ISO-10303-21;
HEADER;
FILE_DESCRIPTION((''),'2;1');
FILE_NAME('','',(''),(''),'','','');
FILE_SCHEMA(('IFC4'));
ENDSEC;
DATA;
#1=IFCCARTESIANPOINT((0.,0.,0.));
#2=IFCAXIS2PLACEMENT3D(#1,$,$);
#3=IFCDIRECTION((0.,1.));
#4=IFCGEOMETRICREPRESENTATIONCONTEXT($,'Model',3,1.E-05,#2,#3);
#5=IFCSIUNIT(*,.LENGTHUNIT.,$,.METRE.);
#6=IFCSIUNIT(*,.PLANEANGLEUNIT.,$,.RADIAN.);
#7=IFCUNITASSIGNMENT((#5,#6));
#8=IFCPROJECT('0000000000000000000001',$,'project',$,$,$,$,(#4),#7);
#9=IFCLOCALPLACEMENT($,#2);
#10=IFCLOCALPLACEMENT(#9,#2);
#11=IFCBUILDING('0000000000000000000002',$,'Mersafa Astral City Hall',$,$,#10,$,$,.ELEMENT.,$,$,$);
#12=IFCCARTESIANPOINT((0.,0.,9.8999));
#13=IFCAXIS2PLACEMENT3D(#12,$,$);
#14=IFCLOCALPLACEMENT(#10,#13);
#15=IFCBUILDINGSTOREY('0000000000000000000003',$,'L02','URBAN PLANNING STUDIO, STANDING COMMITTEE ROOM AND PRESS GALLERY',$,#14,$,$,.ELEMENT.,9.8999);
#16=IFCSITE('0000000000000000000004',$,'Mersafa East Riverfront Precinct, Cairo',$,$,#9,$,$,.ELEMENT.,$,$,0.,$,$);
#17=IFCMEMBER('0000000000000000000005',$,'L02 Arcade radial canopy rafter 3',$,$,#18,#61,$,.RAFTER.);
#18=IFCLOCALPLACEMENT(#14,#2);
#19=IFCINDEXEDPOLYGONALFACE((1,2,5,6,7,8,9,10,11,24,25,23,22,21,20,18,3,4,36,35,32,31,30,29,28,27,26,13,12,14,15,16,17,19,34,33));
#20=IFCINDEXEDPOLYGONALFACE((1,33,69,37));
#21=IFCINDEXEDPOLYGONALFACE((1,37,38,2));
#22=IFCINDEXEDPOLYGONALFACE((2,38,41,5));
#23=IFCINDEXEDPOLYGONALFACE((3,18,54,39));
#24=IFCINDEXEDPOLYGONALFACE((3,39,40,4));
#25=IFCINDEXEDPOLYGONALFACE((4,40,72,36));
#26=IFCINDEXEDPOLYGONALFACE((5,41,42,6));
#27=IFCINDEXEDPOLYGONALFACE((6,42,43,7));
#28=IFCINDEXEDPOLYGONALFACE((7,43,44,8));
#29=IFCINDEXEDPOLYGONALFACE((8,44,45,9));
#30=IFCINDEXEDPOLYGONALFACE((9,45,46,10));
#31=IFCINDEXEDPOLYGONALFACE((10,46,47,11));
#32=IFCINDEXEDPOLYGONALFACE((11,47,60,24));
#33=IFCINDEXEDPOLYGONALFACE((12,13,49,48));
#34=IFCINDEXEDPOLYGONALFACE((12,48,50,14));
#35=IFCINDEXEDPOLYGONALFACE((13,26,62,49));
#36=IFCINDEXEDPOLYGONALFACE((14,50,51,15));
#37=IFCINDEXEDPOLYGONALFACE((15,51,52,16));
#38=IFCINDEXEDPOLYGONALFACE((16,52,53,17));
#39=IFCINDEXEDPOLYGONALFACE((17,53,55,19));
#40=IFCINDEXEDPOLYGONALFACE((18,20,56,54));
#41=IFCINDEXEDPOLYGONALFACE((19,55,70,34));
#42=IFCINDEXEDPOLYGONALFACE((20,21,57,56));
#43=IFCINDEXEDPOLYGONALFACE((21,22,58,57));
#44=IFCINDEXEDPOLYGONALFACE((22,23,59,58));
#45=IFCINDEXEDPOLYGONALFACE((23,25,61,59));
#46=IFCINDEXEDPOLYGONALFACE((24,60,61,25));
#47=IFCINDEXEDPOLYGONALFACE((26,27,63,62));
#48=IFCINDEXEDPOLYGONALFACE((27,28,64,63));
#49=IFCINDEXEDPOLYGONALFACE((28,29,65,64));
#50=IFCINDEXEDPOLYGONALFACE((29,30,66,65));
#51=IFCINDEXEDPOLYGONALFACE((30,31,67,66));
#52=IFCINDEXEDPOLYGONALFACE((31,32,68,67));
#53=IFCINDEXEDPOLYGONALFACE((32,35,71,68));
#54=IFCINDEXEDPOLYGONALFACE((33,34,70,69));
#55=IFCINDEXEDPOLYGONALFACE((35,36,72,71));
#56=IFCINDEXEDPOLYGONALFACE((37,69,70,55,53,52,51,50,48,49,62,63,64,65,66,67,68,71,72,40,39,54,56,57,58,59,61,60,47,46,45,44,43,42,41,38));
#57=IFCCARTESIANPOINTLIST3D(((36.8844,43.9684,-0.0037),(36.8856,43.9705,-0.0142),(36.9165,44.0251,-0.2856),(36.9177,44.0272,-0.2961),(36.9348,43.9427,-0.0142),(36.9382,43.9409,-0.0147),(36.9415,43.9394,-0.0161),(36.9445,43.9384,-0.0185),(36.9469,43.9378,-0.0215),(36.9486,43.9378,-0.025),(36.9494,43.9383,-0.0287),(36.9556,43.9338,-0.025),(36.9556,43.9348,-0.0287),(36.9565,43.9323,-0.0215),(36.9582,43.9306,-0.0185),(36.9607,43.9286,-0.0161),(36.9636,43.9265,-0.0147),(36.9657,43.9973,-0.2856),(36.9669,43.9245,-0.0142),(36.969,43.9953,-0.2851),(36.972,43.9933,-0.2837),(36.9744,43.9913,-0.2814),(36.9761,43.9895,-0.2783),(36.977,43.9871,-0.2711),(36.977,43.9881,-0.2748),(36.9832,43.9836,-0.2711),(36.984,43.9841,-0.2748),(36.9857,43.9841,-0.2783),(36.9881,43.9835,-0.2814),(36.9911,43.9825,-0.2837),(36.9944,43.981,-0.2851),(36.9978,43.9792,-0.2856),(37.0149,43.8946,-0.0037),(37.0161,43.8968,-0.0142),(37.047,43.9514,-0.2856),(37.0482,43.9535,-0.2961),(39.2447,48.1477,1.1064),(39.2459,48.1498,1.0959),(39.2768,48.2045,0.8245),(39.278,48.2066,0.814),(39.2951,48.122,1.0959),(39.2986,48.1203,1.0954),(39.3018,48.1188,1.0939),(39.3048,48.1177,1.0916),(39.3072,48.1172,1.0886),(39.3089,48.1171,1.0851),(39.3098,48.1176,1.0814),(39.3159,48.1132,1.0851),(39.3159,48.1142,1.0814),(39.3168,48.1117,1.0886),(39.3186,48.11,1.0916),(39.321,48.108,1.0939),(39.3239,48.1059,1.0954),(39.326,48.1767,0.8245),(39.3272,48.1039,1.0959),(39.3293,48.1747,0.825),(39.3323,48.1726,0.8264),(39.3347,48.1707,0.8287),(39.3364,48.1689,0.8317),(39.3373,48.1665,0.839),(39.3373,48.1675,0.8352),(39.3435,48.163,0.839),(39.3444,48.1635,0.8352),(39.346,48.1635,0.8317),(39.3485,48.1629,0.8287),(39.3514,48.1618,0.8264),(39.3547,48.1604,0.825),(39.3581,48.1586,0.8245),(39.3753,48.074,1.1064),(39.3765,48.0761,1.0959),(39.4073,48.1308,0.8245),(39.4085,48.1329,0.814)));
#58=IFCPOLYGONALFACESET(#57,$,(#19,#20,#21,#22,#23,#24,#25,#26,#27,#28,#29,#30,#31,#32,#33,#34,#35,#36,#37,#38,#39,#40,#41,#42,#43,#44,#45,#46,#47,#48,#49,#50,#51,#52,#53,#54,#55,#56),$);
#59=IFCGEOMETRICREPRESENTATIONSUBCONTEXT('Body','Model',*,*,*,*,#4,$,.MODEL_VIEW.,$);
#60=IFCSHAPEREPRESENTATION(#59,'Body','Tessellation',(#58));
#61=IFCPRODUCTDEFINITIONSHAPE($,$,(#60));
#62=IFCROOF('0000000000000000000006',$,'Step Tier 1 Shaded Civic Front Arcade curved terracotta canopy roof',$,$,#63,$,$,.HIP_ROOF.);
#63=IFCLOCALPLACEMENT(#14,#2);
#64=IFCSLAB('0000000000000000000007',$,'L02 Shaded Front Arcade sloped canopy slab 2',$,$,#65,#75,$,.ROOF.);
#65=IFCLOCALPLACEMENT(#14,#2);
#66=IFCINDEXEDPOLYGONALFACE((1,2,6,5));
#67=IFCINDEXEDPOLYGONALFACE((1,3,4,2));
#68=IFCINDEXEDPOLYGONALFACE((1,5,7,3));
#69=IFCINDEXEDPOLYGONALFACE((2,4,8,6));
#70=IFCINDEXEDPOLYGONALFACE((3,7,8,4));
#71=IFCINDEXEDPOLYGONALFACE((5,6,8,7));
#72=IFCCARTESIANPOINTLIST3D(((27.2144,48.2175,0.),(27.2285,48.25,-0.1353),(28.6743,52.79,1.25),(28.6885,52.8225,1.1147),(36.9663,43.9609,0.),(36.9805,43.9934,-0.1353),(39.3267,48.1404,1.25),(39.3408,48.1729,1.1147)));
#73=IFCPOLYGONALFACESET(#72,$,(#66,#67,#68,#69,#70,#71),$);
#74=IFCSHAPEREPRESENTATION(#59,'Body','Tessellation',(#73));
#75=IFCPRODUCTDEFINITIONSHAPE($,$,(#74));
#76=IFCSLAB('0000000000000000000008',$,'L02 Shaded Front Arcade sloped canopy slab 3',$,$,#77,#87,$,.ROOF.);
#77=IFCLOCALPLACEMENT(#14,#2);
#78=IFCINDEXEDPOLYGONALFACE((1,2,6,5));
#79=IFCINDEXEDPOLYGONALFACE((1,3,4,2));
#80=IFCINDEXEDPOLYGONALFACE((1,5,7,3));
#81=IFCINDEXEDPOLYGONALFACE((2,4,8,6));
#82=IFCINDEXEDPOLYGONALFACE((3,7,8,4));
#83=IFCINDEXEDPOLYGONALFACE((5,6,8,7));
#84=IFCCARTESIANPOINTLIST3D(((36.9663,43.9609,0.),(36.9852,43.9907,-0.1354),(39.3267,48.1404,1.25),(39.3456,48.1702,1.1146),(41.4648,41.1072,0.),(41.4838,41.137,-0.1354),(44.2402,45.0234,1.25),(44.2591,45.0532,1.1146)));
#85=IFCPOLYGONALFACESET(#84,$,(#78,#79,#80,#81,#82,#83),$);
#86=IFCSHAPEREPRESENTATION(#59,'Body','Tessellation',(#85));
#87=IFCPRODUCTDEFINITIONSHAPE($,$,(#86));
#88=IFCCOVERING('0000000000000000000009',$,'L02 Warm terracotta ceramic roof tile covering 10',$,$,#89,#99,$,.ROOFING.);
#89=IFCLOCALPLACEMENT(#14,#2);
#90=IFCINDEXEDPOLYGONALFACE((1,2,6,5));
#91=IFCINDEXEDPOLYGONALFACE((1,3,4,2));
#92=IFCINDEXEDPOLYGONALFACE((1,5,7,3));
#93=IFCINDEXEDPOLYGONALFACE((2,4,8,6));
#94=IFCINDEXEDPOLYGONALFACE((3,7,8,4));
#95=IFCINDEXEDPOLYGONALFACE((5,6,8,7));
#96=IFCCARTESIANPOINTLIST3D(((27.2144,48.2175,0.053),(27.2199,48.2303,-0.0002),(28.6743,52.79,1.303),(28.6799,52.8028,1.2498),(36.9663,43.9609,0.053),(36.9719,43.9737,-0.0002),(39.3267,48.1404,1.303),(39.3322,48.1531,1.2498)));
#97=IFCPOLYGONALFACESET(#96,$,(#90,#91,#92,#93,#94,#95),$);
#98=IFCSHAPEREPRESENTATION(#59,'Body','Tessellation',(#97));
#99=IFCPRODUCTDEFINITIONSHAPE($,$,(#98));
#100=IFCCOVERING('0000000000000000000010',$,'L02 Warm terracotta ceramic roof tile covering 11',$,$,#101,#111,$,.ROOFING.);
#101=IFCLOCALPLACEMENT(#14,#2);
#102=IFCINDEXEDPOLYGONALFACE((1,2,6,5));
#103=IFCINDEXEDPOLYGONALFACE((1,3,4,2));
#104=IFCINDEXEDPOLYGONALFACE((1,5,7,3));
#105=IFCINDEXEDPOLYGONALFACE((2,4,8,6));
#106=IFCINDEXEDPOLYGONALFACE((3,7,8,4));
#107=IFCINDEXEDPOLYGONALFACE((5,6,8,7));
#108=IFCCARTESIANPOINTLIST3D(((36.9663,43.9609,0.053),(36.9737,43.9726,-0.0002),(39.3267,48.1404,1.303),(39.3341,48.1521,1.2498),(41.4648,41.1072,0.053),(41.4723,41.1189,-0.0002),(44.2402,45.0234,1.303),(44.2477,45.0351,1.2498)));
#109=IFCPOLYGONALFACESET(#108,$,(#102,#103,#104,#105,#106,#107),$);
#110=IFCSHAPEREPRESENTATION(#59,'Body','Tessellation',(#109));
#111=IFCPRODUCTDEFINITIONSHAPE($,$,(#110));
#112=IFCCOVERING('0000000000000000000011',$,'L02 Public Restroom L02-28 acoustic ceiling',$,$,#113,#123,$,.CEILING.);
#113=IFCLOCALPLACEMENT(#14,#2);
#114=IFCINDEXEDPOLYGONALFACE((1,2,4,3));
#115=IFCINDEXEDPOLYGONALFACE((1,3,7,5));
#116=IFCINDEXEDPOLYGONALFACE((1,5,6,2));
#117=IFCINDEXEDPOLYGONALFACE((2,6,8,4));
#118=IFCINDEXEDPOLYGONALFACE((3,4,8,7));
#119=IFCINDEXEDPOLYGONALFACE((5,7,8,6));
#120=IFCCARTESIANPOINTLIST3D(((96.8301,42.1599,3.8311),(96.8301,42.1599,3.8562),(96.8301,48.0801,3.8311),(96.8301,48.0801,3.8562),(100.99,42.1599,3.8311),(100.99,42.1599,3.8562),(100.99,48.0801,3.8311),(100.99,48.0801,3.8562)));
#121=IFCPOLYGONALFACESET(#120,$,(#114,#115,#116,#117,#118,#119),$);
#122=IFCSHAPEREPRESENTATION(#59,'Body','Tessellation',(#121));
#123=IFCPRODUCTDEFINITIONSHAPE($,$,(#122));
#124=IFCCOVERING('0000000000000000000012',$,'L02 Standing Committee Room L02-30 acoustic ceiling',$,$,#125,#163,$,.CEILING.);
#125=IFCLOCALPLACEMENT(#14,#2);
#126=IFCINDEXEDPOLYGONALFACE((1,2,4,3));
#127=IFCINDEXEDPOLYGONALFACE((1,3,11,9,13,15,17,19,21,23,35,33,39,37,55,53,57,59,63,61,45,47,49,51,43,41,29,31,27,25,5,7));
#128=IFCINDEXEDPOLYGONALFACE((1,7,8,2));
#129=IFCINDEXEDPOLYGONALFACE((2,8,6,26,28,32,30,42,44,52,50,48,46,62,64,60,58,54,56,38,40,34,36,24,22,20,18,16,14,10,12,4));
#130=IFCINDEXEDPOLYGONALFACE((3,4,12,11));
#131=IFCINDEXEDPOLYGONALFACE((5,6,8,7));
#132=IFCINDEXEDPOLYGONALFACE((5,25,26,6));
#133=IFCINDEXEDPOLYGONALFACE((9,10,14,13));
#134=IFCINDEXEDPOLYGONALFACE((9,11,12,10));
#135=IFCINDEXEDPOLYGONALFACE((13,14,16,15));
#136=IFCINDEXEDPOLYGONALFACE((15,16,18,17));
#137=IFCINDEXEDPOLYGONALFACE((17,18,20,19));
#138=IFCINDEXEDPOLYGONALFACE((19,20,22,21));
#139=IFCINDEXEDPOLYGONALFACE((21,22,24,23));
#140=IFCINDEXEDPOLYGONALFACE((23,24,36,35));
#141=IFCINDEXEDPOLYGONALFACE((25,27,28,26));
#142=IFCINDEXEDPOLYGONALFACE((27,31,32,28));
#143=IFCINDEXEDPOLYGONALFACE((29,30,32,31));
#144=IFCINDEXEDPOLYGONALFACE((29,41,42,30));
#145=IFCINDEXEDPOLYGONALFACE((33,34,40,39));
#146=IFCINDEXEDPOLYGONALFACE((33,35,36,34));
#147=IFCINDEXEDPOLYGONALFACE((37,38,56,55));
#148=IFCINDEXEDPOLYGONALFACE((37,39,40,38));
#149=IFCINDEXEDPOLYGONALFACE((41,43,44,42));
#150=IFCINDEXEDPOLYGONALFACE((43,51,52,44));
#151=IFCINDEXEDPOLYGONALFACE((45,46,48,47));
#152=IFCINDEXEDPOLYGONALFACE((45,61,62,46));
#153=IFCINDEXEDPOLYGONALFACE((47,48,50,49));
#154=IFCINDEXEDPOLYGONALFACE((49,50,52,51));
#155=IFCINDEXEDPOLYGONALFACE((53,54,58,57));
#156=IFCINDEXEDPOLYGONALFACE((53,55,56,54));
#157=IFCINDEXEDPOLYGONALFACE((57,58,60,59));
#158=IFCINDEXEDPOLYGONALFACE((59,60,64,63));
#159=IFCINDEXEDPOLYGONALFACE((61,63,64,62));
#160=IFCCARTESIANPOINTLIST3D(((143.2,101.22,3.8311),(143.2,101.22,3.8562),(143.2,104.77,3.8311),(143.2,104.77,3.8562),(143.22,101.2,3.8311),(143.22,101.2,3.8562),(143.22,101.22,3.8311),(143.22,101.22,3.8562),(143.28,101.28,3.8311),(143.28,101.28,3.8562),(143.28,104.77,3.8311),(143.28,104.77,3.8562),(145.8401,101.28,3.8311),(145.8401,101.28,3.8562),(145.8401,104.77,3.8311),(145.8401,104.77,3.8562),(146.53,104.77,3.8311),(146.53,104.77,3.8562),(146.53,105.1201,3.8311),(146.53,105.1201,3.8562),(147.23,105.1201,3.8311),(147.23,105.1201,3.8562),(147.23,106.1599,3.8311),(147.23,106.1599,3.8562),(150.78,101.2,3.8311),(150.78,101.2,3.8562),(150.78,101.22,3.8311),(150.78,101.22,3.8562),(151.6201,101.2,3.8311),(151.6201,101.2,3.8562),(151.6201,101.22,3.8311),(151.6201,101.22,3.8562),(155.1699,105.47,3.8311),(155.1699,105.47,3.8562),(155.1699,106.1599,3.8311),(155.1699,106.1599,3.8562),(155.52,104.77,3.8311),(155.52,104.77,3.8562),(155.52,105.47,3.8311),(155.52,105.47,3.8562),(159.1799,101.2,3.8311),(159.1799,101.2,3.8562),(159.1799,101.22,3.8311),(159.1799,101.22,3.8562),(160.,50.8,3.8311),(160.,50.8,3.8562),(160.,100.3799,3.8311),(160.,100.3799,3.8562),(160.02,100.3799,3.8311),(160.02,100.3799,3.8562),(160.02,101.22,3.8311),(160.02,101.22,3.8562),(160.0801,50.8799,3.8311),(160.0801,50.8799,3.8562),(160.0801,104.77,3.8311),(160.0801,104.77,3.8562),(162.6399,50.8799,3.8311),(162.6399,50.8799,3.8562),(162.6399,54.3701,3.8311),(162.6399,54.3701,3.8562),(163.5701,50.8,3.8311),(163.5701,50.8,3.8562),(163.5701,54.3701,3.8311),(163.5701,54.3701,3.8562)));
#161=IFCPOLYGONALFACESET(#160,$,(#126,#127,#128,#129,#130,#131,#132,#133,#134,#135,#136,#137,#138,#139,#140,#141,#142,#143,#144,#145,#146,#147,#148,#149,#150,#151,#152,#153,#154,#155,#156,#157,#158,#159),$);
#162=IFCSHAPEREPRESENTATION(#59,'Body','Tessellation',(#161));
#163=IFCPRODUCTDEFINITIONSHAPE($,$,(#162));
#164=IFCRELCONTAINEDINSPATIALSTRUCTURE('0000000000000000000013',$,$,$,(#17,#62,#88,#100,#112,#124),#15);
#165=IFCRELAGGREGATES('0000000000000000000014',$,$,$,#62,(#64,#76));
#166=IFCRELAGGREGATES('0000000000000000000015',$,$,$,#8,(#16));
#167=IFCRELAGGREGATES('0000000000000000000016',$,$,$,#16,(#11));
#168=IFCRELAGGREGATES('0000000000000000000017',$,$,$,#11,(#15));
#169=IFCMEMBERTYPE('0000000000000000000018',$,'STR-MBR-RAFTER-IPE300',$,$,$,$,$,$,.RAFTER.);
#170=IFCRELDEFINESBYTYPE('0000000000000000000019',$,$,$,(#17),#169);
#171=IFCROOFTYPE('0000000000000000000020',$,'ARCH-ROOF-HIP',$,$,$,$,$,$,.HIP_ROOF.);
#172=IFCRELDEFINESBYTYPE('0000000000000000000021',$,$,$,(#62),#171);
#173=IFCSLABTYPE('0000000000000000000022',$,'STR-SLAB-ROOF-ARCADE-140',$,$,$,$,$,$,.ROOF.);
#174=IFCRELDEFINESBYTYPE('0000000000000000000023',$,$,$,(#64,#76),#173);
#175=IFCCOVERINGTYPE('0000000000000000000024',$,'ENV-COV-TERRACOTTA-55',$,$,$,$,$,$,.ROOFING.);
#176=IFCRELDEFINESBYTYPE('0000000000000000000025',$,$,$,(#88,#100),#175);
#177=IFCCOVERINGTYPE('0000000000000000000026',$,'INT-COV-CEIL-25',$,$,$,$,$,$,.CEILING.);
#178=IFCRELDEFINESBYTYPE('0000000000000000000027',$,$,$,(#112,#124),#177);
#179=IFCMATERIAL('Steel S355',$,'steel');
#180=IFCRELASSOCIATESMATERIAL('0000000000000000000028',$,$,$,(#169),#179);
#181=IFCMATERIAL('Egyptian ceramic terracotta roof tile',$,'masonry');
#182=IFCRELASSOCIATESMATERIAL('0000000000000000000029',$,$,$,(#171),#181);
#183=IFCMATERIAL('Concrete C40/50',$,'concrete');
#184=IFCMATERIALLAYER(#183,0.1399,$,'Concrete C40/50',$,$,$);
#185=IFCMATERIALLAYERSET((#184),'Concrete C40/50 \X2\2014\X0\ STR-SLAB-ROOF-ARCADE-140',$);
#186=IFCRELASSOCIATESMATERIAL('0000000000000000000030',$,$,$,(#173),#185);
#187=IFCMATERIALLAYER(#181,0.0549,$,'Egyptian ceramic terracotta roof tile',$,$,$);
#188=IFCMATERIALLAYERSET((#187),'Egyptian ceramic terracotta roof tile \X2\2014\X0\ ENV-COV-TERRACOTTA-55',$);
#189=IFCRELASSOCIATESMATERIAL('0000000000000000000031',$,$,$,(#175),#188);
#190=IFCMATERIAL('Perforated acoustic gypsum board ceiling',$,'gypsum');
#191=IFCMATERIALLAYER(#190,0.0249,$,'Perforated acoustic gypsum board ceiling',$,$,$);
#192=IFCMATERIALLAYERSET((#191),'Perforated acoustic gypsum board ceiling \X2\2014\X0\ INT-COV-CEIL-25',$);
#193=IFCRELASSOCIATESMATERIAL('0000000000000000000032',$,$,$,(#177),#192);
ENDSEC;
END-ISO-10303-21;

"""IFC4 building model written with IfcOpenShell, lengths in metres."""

from ifc_helpers import new_model, si_unit, direction, frame, origin, origin_2d, place, context, subcontext, project, spatial, polyline, i_section, outline, extrude, material, layer, layer_set, material_profile, profile_set, type_object, element, aggregate, save


model = new_model("IFC4")

# Units and contexts
model_context = context("Model", 3, precision=1e-05, world=origin(), true_north=direction((0.0, 1.0)))
body_context = subcontext(model_context, "Body", "Model", "MODEL_VIEW")
ifc_project = project(units=[si_unit("LENGTHUNIT", "METRE"), si_unit("PLANEANGLEUNIT", "RADIAN")], contexts=[model_context])

# Site, building, storey
site_placement = place(None, origin())
site = spatial("IfcSite", under=ifc_project, at=site_placement, Name="Mersafa East Riverfront Precinct, Cairo", CompositionType="ELEMENT", RefElevation=0.0)
building_placement = place(site_placement, origin())
building = spatial("IfcBuilding", under=site, at=building_placement, Name="Mersafa Astral City Hall", CompositionType="ELEMENT")
storey_placement = place(building_placement, frame((0.0, 0.0, 9.8999)))
storey = spatial("IfcBuildingStorey", under=building, at=storey_placement, Name="L02", Description="URBAN PLANNING STUDIO, STANDING COMMITTEE ROOM AND PRESS GALLERY", CompositionType="ELEMENT", Elevation=9.8999)

# Shared definitions
ifc_material_1 = material(Name="Steel S355", Category="steel")

# Member
ifc_material_profile_1 = material_profile(ifc_material_1, i_section(OverallWidth=0.1499, OverallDepth=0.3, WebThickness=0.0071, FlangeThickness=0.0107, FilletRadius=0.0149, at=origin_2d()), Name="IPE 300")
ifc_profile_set_1 = profile_set([ifc_material_profile_1], Name="Steel S355")
member_type = type_object("IfcMemberType", Name="STR-MBR-RAFTER-IPE300", PredefinedType="RAFTER", material=ifc_profile_set_1)
for number, where, z_axis, x_axis, name in (
    (1, (36.9663, 43.9609, -0.1499), (0.479104, 0.848343, 0.22533), (-0.870736, 0.491751, 0.0), "L02 Arcade radial canopy rafter 3"),
):
    element("IfcMember", number, at=place(storey_placement, frame(where, z_axis=z_axis, x_axis=x_axis)), inside=storey, type_object=member_type, Name=name, PredefinedType="RAFTER", context=body_context, shape_type="SweptSolid", body=[
        extrude(i_section(OverallWidth=0.1499, OverallDepth=0.3, WebThickness=0.0071, FlangeThickness=0.0107, FilletRadius=0.0149, at=origin_2d()), origin(), (0.0, 0.0, 1.0), 4.9265),
    ])

# Roof, slabs
ifc_material_2 = material(Name="Egyptian ceramic terracotta roof tile", Category="masonry")
roof_type = type_object("IfcRoofType", Name="ARCH-ROOF-HIP", PredefinedType="HIP_ROOF", material=ifc_material_2)
roof_placement = place(storey_placement, origin())
roof = element("IfcRoof", 2, at=roof_placement, inside=storey, type_object=roof_type, Name="Step Tier 1 Shaded Civic Front Arcade curved terracotta canopy roof", PredefinedType="HIP_ROOF")
ifc_material_3 = material(Name="Concrete C40/50", Category="concrete")
ifc_layer_1 = layer(ifc_material_3, 0.1399, Name="Concrete C40/50")
ifc_layer_set_1 = layer_set([ifc_layer_1], Name="Concrete C40/50 — STR-SLAB-ROOF-ARCADE-140")
slab_type = type_object("IfcSlabType", Name="STR-SLAB-ROOF-ARCADE-140", PredefinedType="ROOF", material=ifc_layer_set_1)
slab_1_placement = place(storey_placement, frame((27.2144, 48.2175, 0.0), z_axis=(-0.101315, -0.232113, 0.967398), x_axis=(0.916498, -0.400039, 0.000001)))
slab_1 = element("IfcSlab", 3, at=slab_1_placement, type_object=slab_type, Name="L02 Shaded Front Arcade sloped canopy slab 2", PredefinedType="ROOF", context=body_context, shape_type="SweptSolid", body=[
    extrude(outline(polyline([(0.0, 0.0), (10.6404, 0.0), (11.1318, 4.9356), (-0.4911, 4.9356), (0.0, 0.0)])), origin(), (0.0, 0.0, -1.0), 0.1399),
])
slab_2_placement = place(storey_placement, frame((36.9663, 43.9609, 0.0), z_axis=(-0.135163, -0.213069, 0.967643), x_axis=(0.844421, -0.535679, -0.000002)))
slab_2 = element("IfcSlab", 4, at=slab_2_placement, type_object=slab_type, Name="L02 Shaded Front Arcade sloped canopy slab 3", PredefinedType="ROOF", context=body_context, shape_type="SweptSolid", body=[
    extrude(outline(polyline([(0.0, 0.0), (5.3274, 0.0), (5.5731, 4.954), (-0.2457, 4.9539), (0.0, 0.0)])), origin(), (0.0, 0.0, -1.0), 0.1399),
])
aggregate(roof, [slab_1, slab_2])

# Coverings
ifc_layer_2 = layer(ifc_material_2, 0.0549, Name="Egyptian ceramic terracotta roof tile")
ifc_layer_set_2 = layer_set([ifc_layer_2], Name="Egyptian ceramic terracotta roof tile — ENV-COV-TERRACOTTA-55")
covering_type_1 = type_object("IfcCoveringType", Name="ENV-COV-TERRACOTTA-55", PredefinedType="ROOFING", material=ifc_layer_set_2)
covering_1_placement = place(storey_placement, frame((27.2144, 48.2175, 0.053), z_axis=(-0.101315, -0.232113, 0.967398), x_axis=(0.916498, -0.400039, 0.000001)))
element("IfcCovering", 5, at=covering_1_placement, inside=storey, type_object=covering_type_1, Name="L02 Warm terracotta ceramic roof tile covering 10", PredefinedType="ROOFING", context=body_context, shape_type="SweptSolid", body=[
    extrude(outline(polyline([(0.0, 0.0), (10.6404, 0.0), (11.1318, 4.9356), (-0.4911, 4.9356), (0.0, 0.0)])), origin(), (0.0, 0.0, -1.0), 0.0549),
])
covering_2_placement = place(storey_placement, frame((36.9663, 43.9609, 0.053), z_axis=(-0.135163, -0.213069, 0.967643), x_axis=(0.844421, -0.535679, -0.000002)))
element("IfcCovering", 6, at=covering_2_placement, inside=storey, type_object=covering_type_1, Name="L02 Warm terracotta ceramic roof tile covering 11", PredefinedType="ROOFING", context=body_context, shape_type="SweptSolid", body=[
    extrude(outline(polyline([(0.0, 0.0), (5.3274, 0.0), (5.5731, 4.954), (-0.2457, 4.9539), (0.0, 0.0)])), origin(), (0.0, 0.0, -1.0), 0.0549),
])
ifc_material_4 = material(Name="Perforated acoustic gypsum board ceiling", Category="gypsum")
ifc_layer_3 = layer(ifc_material_4, 0.0249, Name="Perforated acoustic gypsum board ceiling")
ifc_layer_set_3 = layer_set([ifc_layer_3], Name="Perforated acoustic gypsum board ceiling — INT-COV-CEIL-25")
covering_type_2 = type_object("IfcCoveringType", Name="INT-COV-CEIL-25", PredefinedType="CEILING", material=ifc_layer_set_3)
covering_3_placement = place(storey_placement, frame((0.0, 0.0, 3.8311)))
element("IfcCovering", 7, at=covering_3_placement, inside=storey, type_object=covering_type_2, Name="L02 Public Restroom L02-28 acoustic ceiling", PredefinedType="CEILING", context=body_context, shape_type="SweptSolid", body=[
    extrude(outline(polyline([(96.8301, 42.1599), (96.8301, 48.0801), (100.99, 48.0801), (100.99, 42.1599), (96.8301, 42.1599)])), origin(), (0.0, 0.0, 1.0), 0.0251),
])
covering_4_placement = place(storey_placement, frame((0.0, 0.0, 3.8311)))
element("IfcCovering", 8, at=covering_4_placement, inside=storey, type_object=covering_type_2, Name="L02 Standing Committee Room L02-30 acoustic ceiling", PredefinedType="CEILING", context=body_context, shape_type="SweptSolid", body=[
    extrude(outline(polyline([(143.22, 101.22), (143.2, 101.22), (143.2, 104.77), (143.28, 104.77), (143.28, 101.28), (145.8401, 101.28), (145.8401, 104.77), (146.53, 104.77), (146.53, 105.1201), (147.23, 105.1201), (147.23, 106.1599), (155.1699, 106.1599), (155.1699, 105.47), (155.52, 105.47), (155.52, 104.77), (160.0801, 104.77), (160.0801, 50.8799), (162.6399, 50.8799), (162.6399, 54.3701), (163.5701, 54.3701), (163.5701, 50.8), (160.0, 50.8), (160.0, 100.3799), (160.02, 100.3799), (160.02, 101.22), (159.1799, 101.22), (159.1799, 101.2), (151.6201, 101.2), (151.6201, 101.22), (150.78, 101.22), (150.78, 101.2), (143.22, 101.2), (143.22, 101.22)])), origin(), (0.0, 0.0, 1.0), 0.0251),
])

save(model, "model.ifc")
